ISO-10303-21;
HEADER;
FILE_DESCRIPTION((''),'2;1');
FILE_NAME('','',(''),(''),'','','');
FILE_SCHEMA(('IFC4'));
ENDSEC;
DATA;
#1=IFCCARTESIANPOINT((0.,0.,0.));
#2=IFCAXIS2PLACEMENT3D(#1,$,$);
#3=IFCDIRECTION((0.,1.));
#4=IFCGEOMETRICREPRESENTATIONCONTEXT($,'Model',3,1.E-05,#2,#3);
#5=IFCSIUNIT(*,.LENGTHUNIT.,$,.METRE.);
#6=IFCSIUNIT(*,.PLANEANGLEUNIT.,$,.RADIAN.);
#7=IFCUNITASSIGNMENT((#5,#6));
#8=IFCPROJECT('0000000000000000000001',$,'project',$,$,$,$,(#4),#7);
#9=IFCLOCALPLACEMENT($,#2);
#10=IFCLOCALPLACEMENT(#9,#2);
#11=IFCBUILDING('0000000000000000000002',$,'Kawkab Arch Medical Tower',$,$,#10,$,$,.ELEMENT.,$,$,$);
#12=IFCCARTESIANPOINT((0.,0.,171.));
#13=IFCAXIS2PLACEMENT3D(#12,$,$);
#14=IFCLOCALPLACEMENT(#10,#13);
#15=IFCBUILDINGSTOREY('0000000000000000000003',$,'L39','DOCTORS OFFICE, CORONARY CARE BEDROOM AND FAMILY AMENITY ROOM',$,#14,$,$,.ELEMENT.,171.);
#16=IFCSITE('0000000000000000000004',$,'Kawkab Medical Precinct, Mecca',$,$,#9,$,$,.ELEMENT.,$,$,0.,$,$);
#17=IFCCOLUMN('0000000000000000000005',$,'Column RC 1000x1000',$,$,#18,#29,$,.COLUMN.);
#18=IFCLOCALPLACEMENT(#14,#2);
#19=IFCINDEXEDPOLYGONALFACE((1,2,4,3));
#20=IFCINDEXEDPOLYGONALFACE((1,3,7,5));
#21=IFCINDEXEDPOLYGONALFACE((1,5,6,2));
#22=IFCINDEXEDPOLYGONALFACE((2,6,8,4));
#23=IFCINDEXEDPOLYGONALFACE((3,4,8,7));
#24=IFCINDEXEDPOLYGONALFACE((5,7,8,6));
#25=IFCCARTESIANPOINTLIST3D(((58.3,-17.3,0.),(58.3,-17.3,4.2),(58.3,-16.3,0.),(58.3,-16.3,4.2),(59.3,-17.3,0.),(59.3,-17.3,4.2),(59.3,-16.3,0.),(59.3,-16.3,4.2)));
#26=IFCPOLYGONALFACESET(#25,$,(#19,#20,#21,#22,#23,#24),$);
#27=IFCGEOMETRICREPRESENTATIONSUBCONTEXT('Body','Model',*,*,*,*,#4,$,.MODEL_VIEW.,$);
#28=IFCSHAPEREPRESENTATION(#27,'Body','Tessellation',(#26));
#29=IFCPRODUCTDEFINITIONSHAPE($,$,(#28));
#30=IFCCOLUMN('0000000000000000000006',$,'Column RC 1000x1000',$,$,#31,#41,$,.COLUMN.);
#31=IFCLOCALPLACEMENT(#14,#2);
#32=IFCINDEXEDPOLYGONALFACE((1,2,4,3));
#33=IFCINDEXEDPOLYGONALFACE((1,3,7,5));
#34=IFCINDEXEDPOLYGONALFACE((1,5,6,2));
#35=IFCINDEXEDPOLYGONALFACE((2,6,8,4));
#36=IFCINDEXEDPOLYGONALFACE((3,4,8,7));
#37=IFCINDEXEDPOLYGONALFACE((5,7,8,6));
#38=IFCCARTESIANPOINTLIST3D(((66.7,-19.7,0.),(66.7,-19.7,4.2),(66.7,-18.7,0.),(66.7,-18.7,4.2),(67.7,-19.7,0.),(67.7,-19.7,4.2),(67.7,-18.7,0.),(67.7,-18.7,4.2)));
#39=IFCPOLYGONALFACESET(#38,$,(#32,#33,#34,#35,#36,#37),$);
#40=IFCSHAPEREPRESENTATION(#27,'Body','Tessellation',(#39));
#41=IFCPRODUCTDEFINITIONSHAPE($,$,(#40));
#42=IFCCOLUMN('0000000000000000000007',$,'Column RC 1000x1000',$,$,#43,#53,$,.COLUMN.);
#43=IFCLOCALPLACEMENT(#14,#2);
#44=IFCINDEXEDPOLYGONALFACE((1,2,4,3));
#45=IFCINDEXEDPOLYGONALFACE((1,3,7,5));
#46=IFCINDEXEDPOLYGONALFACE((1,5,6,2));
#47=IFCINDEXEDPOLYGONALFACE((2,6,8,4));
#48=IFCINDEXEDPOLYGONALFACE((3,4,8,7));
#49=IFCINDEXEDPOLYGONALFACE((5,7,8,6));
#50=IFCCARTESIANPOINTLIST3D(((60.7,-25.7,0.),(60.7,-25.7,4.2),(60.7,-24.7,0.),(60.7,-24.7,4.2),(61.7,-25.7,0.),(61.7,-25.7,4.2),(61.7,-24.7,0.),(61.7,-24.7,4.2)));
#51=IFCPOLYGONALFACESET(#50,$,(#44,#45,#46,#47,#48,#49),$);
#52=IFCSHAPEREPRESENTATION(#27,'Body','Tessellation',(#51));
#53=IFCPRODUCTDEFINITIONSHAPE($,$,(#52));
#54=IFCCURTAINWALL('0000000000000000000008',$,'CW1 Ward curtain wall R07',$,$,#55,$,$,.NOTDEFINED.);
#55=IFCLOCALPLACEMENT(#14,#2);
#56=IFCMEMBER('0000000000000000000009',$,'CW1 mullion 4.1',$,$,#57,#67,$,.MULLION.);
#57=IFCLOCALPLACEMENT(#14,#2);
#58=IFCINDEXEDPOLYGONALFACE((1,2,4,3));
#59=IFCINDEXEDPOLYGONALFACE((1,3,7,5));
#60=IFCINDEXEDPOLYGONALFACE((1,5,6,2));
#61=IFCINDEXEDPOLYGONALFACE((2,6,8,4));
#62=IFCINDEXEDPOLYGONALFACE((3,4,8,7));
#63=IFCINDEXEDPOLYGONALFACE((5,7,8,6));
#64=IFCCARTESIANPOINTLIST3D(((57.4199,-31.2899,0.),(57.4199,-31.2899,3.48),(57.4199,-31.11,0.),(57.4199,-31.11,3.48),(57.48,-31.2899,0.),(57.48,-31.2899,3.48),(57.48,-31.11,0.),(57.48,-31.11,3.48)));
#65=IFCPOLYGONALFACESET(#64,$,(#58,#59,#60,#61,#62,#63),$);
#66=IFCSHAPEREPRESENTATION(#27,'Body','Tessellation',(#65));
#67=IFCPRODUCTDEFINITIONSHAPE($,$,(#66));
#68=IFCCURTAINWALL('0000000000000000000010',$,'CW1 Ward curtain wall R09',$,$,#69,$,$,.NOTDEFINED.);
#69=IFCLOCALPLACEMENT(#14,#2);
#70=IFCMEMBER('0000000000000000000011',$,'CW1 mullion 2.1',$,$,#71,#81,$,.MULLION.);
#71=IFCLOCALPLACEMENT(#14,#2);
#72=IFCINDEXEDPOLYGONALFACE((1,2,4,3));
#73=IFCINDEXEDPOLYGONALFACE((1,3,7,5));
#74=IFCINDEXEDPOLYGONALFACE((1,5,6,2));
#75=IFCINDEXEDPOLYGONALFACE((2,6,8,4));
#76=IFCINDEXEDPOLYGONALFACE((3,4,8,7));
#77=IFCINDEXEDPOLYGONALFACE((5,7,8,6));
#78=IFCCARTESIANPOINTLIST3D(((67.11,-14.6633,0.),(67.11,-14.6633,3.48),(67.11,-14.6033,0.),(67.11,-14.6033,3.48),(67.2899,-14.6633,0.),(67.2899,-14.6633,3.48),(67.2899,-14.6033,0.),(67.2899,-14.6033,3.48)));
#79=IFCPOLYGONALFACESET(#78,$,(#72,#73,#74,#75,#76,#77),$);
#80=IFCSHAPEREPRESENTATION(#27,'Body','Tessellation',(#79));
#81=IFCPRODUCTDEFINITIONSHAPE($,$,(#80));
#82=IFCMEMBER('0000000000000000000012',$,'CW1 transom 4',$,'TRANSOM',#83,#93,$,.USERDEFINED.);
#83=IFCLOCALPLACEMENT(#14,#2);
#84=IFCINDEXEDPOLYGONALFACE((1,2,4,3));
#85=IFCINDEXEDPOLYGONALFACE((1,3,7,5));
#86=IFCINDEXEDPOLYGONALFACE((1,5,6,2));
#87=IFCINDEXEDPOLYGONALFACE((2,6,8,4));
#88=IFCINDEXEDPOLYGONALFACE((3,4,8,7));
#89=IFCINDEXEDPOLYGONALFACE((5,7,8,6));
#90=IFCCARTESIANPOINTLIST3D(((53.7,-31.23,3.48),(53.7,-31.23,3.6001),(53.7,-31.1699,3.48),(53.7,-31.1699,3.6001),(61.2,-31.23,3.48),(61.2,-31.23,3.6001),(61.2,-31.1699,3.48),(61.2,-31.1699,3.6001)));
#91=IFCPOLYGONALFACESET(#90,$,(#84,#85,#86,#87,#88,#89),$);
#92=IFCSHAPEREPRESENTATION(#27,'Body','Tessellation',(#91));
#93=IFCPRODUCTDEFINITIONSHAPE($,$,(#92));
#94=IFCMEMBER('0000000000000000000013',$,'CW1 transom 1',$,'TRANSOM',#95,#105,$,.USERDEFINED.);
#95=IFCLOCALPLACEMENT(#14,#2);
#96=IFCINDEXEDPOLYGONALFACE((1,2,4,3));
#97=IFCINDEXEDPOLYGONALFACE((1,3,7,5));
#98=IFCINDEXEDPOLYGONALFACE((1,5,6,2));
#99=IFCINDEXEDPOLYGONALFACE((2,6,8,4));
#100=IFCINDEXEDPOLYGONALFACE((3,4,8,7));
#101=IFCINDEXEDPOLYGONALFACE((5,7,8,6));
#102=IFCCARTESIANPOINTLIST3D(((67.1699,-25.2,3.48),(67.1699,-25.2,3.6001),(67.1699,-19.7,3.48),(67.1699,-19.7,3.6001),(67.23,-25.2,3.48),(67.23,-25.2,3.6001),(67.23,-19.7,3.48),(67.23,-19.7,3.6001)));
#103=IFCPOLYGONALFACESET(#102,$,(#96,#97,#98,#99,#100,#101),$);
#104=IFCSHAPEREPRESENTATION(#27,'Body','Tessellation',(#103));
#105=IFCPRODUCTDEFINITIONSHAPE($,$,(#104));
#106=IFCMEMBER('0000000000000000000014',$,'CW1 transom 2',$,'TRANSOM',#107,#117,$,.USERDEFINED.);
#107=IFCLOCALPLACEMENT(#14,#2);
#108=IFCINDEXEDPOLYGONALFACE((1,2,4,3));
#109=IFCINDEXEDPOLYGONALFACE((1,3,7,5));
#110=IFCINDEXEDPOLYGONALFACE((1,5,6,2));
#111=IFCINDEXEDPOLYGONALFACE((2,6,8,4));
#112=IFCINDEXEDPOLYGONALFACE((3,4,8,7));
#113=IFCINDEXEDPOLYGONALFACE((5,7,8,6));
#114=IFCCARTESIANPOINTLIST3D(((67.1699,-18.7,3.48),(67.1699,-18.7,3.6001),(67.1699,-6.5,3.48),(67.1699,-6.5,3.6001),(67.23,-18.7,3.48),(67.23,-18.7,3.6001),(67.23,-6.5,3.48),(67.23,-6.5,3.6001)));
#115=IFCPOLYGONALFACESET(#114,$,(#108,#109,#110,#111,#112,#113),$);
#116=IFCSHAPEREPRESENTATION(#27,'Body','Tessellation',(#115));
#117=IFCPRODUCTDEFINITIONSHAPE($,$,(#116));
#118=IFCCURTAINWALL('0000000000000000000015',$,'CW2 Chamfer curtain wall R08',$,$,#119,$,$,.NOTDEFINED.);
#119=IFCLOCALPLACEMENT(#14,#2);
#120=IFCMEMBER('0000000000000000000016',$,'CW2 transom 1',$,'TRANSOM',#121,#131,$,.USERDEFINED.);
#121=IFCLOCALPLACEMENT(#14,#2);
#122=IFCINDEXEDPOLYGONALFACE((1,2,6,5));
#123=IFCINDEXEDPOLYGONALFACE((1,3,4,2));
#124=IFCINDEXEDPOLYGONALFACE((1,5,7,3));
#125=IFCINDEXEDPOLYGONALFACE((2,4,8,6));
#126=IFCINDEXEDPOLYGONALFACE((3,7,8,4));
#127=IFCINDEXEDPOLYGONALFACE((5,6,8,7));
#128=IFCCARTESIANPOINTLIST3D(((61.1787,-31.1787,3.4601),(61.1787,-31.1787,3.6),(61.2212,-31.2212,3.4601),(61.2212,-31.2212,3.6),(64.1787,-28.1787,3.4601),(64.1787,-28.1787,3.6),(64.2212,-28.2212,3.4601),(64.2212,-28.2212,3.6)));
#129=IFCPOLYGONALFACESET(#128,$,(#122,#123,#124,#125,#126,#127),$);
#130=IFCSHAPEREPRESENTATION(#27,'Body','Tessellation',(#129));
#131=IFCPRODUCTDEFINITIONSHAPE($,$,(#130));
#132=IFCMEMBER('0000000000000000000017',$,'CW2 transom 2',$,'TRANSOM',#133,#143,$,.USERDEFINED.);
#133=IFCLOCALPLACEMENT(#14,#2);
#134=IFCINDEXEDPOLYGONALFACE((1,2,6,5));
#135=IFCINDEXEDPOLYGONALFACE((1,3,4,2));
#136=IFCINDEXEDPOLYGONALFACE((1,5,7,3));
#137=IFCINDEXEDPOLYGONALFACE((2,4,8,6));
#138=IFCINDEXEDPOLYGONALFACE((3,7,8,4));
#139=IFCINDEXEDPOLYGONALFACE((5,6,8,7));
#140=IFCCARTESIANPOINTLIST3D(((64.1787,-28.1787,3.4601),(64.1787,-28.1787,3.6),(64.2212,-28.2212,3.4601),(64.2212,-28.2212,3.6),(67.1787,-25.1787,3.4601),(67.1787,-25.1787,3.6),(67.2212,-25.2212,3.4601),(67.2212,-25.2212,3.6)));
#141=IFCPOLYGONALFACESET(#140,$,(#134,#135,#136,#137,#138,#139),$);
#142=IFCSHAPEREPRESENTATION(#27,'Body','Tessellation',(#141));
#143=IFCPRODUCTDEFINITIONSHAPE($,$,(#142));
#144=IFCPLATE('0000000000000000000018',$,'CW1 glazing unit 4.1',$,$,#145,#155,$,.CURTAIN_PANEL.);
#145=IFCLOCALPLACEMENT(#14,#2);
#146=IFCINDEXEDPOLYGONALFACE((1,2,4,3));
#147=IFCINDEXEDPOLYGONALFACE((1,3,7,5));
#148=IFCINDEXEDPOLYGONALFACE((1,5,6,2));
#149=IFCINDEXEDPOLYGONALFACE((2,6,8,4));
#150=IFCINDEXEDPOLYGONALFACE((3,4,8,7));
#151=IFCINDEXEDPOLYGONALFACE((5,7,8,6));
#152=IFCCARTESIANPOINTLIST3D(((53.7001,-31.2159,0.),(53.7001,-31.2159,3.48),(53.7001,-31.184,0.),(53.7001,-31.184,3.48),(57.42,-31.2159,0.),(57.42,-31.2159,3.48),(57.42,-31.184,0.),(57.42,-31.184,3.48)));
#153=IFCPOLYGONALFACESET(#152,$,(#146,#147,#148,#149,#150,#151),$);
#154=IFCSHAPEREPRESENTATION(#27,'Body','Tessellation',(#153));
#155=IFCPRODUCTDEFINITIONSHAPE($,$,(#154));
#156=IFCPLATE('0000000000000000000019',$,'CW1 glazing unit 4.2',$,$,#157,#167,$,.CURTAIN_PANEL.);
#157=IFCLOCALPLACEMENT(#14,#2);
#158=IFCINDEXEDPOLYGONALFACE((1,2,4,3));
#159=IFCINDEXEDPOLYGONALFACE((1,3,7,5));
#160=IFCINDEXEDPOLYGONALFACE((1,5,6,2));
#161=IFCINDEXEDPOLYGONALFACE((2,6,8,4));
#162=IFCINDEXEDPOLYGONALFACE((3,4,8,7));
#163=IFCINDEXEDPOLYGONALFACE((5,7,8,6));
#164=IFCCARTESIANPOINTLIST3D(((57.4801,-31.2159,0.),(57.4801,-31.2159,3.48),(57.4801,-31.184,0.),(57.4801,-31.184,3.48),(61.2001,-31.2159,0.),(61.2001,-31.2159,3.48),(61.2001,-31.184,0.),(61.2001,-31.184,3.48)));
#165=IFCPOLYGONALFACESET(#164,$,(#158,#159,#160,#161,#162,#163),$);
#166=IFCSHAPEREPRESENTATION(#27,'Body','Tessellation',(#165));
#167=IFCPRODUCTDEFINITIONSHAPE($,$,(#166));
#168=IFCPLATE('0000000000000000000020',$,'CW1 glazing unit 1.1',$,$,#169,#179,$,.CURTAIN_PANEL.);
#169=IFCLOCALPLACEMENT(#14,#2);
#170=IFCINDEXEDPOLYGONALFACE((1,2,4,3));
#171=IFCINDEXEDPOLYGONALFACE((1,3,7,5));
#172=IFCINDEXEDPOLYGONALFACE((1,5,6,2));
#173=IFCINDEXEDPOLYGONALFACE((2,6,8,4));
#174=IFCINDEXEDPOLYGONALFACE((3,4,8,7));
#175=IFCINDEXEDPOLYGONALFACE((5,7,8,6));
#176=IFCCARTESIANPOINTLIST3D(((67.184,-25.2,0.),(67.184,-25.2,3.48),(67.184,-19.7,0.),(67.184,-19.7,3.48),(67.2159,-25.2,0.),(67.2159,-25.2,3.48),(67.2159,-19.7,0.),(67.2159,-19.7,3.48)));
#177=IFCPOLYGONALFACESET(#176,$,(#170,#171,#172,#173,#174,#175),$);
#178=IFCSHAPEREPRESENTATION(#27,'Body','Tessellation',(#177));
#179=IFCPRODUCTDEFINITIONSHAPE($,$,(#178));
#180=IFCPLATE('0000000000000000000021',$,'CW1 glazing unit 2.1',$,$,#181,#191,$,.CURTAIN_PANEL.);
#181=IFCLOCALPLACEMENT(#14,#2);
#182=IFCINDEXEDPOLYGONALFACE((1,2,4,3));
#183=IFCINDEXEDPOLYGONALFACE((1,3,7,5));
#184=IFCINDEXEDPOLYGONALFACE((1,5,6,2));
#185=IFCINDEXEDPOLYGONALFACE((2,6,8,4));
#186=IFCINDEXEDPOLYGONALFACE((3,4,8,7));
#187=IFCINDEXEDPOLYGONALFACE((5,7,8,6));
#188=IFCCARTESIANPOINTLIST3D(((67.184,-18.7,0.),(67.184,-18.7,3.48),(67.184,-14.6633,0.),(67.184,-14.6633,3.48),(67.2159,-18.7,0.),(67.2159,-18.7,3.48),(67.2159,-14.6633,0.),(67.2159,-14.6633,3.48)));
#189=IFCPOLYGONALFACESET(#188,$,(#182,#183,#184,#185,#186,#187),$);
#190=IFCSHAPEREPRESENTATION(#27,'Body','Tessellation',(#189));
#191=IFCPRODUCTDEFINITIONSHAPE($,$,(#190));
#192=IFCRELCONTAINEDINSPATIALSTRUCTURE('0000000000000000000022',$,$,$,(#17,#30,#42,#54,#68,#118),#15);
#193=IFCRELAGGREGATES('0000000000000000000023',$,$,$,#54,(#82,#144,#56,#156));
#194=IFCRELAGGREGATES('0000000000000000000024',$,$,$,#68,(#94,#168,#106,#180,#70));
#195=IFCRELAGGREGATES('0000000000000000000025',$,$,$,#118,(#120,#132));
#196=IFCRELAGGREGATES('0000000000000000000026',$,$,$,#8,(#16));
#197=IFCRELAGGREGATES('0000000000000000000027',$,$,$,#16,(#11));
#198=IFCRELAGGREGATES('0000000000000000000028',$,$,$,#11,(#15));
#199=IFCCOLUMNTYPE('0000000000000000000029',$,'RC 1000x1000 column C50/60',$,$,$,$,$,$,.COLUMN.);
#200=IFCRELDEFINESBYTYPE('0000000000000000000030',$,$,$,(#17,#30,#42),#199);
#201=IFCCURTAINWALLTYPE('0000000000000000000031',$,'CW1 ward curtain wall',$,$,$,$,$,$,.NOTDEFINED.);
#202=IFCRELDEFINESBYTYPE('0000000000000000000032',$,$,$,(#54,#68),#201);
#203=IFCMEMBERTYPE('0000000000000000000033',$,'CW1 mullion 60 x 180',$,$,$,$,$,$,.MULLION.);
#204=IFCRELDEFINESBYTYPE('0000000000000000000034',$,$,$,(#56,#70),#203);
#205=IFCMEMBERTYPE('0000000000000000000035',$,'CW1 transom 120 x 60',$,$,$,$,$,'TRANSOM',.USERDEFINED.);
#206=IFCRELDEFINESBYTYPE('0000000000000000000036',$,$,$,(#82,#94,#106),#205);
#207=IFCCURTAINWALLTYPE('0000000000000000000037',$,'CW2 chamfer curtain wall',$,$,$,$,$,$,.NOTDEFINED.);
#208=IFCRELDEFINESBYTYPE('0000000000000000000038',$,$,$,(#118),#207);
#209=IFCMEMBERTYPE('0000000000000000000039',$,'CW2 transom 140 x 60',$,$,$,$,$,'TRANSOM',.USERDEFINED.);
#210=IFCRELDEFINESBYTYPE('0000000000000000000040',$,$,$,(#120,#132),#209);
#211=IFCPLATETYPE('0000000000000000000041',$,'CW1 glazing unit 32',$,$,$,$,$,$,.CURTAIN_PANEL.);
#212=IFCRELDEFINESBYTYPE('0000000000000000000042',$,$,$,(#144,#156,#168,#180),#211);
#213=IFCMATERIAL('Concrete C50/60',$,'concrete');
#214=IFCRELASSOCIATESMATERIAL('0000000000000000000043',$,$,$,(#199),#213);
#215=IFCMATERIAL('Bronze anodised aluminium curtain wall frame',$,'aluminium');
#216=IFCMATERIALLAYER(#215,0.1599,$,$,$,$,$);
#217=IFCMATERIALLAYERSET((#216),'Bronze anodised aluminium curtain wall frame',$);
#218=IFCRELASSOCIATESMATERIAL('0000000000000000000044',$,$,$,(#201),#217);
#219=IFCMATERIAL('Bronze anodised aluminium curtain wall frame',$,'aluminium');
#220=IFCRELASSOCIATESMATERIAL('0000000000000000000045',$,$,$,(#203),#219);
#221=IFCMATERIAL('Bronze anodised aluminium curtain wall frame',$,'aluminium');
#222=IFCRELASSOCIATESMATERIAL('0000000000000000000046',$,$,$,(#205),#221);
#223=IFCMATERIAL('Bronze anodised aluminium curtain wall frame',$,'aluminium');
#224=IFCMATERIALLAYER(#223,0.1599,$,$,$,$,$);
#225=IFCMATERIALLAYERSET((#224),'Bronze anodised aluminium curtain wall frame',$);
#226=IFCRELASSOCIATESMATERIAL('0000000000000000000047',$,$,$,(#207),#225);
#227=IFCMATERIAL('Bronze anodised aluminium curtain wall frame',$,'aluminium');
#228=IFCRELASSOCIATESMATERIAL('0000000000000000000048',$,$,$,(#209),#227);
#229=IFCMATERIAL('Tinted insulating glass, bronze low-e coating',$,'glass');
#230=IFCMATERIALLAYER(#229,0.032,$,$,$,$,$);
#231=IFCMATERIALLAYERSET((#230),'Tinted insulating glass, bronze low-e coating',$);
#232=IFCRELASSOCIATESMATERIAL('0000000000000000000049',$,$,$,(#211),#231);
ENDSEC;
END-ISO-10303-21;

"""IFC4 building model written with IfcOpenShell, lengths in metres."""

from ifc_helpers import new_model, si_unit, direction, frame, origin, origin_2d, place, context, subcontext, project, spatial, rectangle, extrude, material, layer, layer_set, material_profile, profile_set, type_object, element, aggregate, save


model = new_model("IFC4")

# Units and contexts
model_context = context("Model", 3, precision=1e-05, world=origin(), true_north=direction((0.0, 1.0)))
body_context = subcontext(model_context, "Body", "Model", "MODEL_VIEW")
ifc_project = project(units=[si_unit("LENGTHUNIT", "METRE"), si_unit("PLANEANGLEUNIT", "RADIAN")], contexts=[model_context])

# Site, building, storey
site_placement = place(None, origin())
site = spatial("IfcSite", under=ifc_project, at=site_placement, Name="Kawkab Medical Precinct, Mecca", CompositionType="ELEMENT", RefElevation=0.0)
building_placement = place(site_placement, origin())
building = spatial("IfcBuilding", under=site, at=building_placement, Name="Kawkab Arch Medical Tower", CompositionType="ELEMENT")
storey_placement = place(building_placement, frame((0.0, 0.0, 171.0)))
storey = spatial("IfcBuildingStorey", under=building, at=storey_placement, Name="L39", Description="DOCTORS OFFICE, CORONARY CARE BEDROOM AND FAMILY AMENITY ROOM", CompositionType="ELEMENT", Elevation=171.0)

# Columns
ifc_material_1 = material(Name="Concrete C50/60", Category="concrete")
ifc_material_profile_1 = material_profile(ifc_material_1, rectangle(XDim=1.0, YDim=1.0, at=origin_2d()), Name="RC 1000x1000")
ifc_profile_set_1 = profile_set([ifc_material_profile_1], Name="Concrete C50/60")
column_type = type_object("IfcColumnType", Name="RC 1000x1000 column C50/60", PredefinedType="COLUMN", material=ifc_profile_set_1)
for number, where, z_axis, x_axis, name in (
    (1, (58.8, -16.8, 0.0), (0.0, 0.0, 1.0), (1.0, 0.0, 0.0), "Column RC 1000x1000"),
    (2, (67.2, -19.2, 0.0), (0.0, 0.0, 1.0), (1.0, 0.0, 0.0), "Column RC 1000x1000"),
    (3, (61.2, -25.2, 0.0), (0.0, 0.0, 1.0), (1.0, 0.0, 0.0), "Column RC 1000x1000"),
):
    element("IfcColumn", number, at=place(storey_placement, frame(where, z_axis=z_axis, x_axis=x_axis)), inside=storey, type_object=column_type, Name=name, PredefinedType="COLUMN", context=body_context, shape_type="SweptSolid", body=[
        extrude(rectangle(XDim=1.0, YDim=1.0, at=origin_2d()), origin(), (0.0, 0.0, 1.0), 4.2),
    ])

# Curtain walls, members
ifc_material_2 = material(Name="Bronze anodised aluminium curtain wall frame", Category="aluminium")
ifc_layer_1 = layer(ifc_material_2, 0.1599)
ifc_layer_set_1 = layer_set([ifc_layer_1], Name="Bronze anodised aluminium curtain wall frame")
curtain_wall_type_1 = type_object("IfcCurtainWallType", Name="CW1 ward curtain wall", PredefinedType="NOTDEFINED", material=ifc_layer_set_1)
placement = place(storey_placement, origin())
curtain_wall_1 = element("IfcCurtainWall", 4, at=placement, inside=storey, type_object=curtain_wall_type_1, Name="CW1 Ward curtain wall R07", PredefinedType="NOTDEFINED")
ifc_material_3 = material(Name="Bronze anodised aluminium curtain wall frame", Category="aluminium")
ifc_material_profile_2 = material_profile(ifc_material_3, rectangle(XDim=0.1799, YDim=0.0601, at=origin_2d()), Name="AL 60x180")
ifc_profile_set_2 = profile_set([ifc_material_profile_2], Name="Bronze anodised aluminium curtain wall frame")
member_type_1 = type_object("IfcMemberType", Name="CW1 mullion 60 x 180", PredefinedType="MULLION", material=ifc_profile_set_2)
member_1_placement = place(storey_placement, frame((57.45, -31.2, 0.0), z_axis=(0.0, 0.0, 1.0), x_axis=(0.0, 1.0, 0.0)))
member_1 = element("IfcMember", 5, at=member_1_placement, type_object=member_type_1, Name="CW1 mullion 4.1", PredefinedType="MULLION", context=body_context, shape_type="SweptSolid", body=[
    extrude(rectangle(XDim=0.1799, YDim=0.0601, at=origin_2d()), origin(), (0.0, 0.0, 1.0), 3.48),
])
curtain_wall_2 = element("IfcCurtainWall", 6, at=placement, inside=storey, type_object=curtain_wall_type_1, Name="CW1 Ward curtain wall R09", PredefinedType="NOTDEFINED")
member_2_placement = place(storey_placement, frame((67.2, -14.6333, 0.0), z_axis=(0.0, 0.0, 1.0), x_axis=(-1.0, 0.0, 0.0)))
member_2 = element("IfcMember", 7, at=member_2_placement, type_object=member_type_1, Name="CW1 mullion 2.1", PredefinedType="MULLION", context=body_context, shape_type="SweptSolid", body=[
    extrude(rectangle(XDim=0.1799, YDim=0.0601, at=origin_2d()), origin(), (0.0, 0.0, 1.0), 3.48),
])

# Members
ifc_material_4 = material(Name="Bronze anodised aluminium curtain wall frame", Category="aluminium")
ifc_material_profile_3 = material_profile(ifc_material_4, rectangle(XDim=0.0601, YDim=0.1201, at=origin_2d()), Name="AL 60x120")
ifc_profile_set_3 = profile_set([ifc_material_profile_3], Name="Bronze anodised aluminium curtain wall frame")
member_type_2 = type_object("IfcMemberType", Name="CW1 transom 120 x 60", ElementType="TRANSOM", PredefinedType="USERDEFINED", material=ifc_profile_set_3)
member_3_placement = place(storey_placement, frame((53.7, -31.2, 3.54), z_axis=(1.0, 0.0, 0.0), x_axis=(0.0, 1.0, 0.0)))
member_3 = element("IfcMember", 8, at=member_3_placement, type_object=member_type_2, Name="CW1 transom 4", ObjectType="TRANSOM", PredefinedType="USERDEFINED", context=body_context, shape_type="SweptSolid", body=[
    extrude(rectangle(XDim=0.0601, YDim=0.1201, at=origin_2d()), origin(), (0.0, 0.0, 1.0), 7.5),
])
member_4_placement = place(storey_placement, frame((67.2, -25.2, 3.54), z_axis=(0.0, 1.0, 0.0), x_axis=(-1.0, 0.0, 0.0)))
member_4 = element("IfcMember", 9, at=member_4_placement, type_object=member_type_2, Name="CW1 transom 1", ObjectType="TRANSOM", PredefinedType="USERDEFINED", context=body_context, shape_type="SweptSolid", body=[
    extrude(rectangle(XDim=0.0601, YDim=0.1201, at=origin_2d()), origin(), (0.0, 0.0, 1.0), 5.5),
])
member_5_placement = place(storey_placement, frame((67.2, -18.7, 3.54), z_axis=(0.0, 1.0, 0.0), x_axis=(-1.0, 0.0, 0.0)))
member_5 = element("IfcMember", 10, at=member_5_placement, type_object=member_type_2, Name="CW1 transom 2", ObjectType="TRANSOM", PredefinedType="USERDEFINED", context=body_context, shape_type="SweptSolid", body=[
    extrude(rectangle(XDim=0.0601, YDim=0.1201, at=origin_2d()), origin(), (0.0, 0.0, 1.0), 12.2),
])

# Curtain wall, members
ifc_material_5 = material(Name="Bronze anodised aluminium curtain wall frame", Category="aluminium")
ifc_layer_2 = layer(ifc_material_5, 0.1599)
ifc_layer_set_2 = layer_set([ifc_layer_2], Name="Bronze anodised aluminium curtain wall frame")
curtain_wall_type_2 = type_object("IfcCurtainWallType", Name="CW2 chamfer curtain wall", PredefinedType="NOTDEFINED", material=ifc_layer_set_2)
curtain_wall_3 = element("IfcCurtainWall", 11, at=placement, inside=storey, type_object=curtain_wall_type_2, Name="CW2 Chamfer curtain wall R08", PredefinedType="NOTDEFINED")
ifc_material_6 = material(Name="Bronze anodised aluminium curtain wall frame", Category="aluminium")
ifc_material_profile_4 = material_profile(ifc_material_6, rectangle(XDim=0.0601, YDim=0.1399, at=origin_2d()), Name="AL 60x140")
ifc_profile_set_4 = profile_set([ifc_material_profile_4], Name="Bronze anodised aluminium curtain wall frame")
member_type_3 = type_object("IfcMemberType", Name="CW2 transom 140 x 60", ElementType="TRANSOM", PredefinedType="USERDEFINED", material=ifc_profile_set_4)
member_6_placement = place(storey_placement, frame((61.2, -31.2, 3.53), z_axis=(0.707107, 0.707107, 0.0), x_axis=(-0.707107, 0.707107, 0.0)))
member_6 = element("IfcMember", 12, at=member_6_placement, type_object=member_type_3, Name="CW2 transom 1", ObjectType="TRANSOM", PredefinedType="USERDEFINED", context=body_context, shape_type="SweptSolid", body=[
    extrude(rectangle(XDim=0.0601, YDim=0.1399, at=origin_2d()), origin(), (0.0, 0.0, 1.0), 4.2427),
])
member_7_placement = place(storey_placement, frame((64.2, -28.2, 3.53), z_axis=(0.707107, 0.707107, 0.0), x_axis=(-0.707107, 0.707107, 0.0)))
member_7 = element("IfcMember", 13, at=member_7_placement, type_object=member_type_3, Name="CW2 transom 2", ObjectType="TRANSOM", PredefinedType="USERDEFINED", context=body_context, shape_type="SweptSolid", body=[
    extrude(rectangle(XDim=0.0601, YDim=0.1399, at=origin_2d()), origin(), (0.0, 0.0, 1.0), 4.2427),
])

# Plates
ifc_material_7 = material(Name="Tinted insulating glass, bronze low-e coating", Category="glass")
ifc_layer_3 = layer(ifc_material_7, 0.032)
ifc_layer_set_3 = layer_set([ifc_layer_3], Name="Tinted insulating glass, bronze low-e coating")
plate_type_1 = type_object("IfcPlateType", Name="CW1 glazing unit 32", PredefinedType="CURTAIN_PANEL", material=ifc_layer_set_3)
plate_1_placement = place(storey_placement, frame((55.5601, -31.2, 0.0), z_axis=(0.0, 0.0, 1.0), x_axis=(1.0, 0.0, 0.0)))
plate_1 = element("IfcPlate", 14, at=plate_1_placement, type_object=plate_type_1, Name="CW1 glazing unit 4.1", PredefinedType="CURTAIN_PANEL", context=body_context, shape_type="SweptSolid", body=[
    extrude(rectangle(XDim=3.72, YDim=0.032, at=origin_2d()), origin(), (0.0, 0.0, 1.0), 3.48),
])
plate_2_placement = place(storey_placement, frame((59.3401, -31.2, 0.0), z_axis=(0.0, 0.0, 1.0), x_axis=(1.0, 0.0, 0.0)))
plate_2 = element("IfcPlate", 15, at=plate_2_placement, type_object=plate_type_1, Name="CW1 glazing unit 4.2", PredefinedType="CURTAIN_PANEL", context=body_context, shape_type="SweptSolid", body=[
    extrude(rectangle(XDim=3.72, YDim=0.032, at=origin_2d()), origin(), (0.0, 0.0, 1.0), 3.48),
])
aggregate(curtain_wall_1, [member_3, plate_1, member_1, plate_2])
plate_3_placement = place(storey_placement, frame((67.2, -22.45, 0.0), z_axis=(0.0, 0.0, 1.0), x_axis=(0.0, 1.0, 0.0)))
plate_3 = element("IfcPlate", 16, at=plate_3_placement, type_object=plate_type_1, Name="CW1 glazing unit 1.1", PredefinedType="CURTAIN_PANEL", context=body_context, shape_type="SweptSolid", body=[
    extrude(rectangle(XDim=5.5, YDim=0.032, at=origin_2d()), origin(), (0.0, 0.0, 1.0), 3.48),
])
plate_4_placement = place(storey_placement, frame((67.2, -16.6816, 0.0), z_axis=(0.0, 0.0, 1.0), x_axis=(0.0, 1.0, 0.0)))
plate_4 = element("IfcPlate", 17, at=plate_4_placement, type_object=plate_type_1, Name="CW1 glazing unit 2.1", PredefinedType="CURTAIN_PANEL", context=body_context, shape_type="SweptSolid", body=[
    extrude(rectangle(XDim=4.0366, YDim=0.032, at=origin_2d()), origin(), (0.0, 0.0, 1.0), 3.48),
])
aggregate(curtain_wall_2, [member_4, plate_3, member_5, plate_4, member_2])
aggregate(curtain_wall_3, [member_6, member_7])

save(model, "model.ifc")
